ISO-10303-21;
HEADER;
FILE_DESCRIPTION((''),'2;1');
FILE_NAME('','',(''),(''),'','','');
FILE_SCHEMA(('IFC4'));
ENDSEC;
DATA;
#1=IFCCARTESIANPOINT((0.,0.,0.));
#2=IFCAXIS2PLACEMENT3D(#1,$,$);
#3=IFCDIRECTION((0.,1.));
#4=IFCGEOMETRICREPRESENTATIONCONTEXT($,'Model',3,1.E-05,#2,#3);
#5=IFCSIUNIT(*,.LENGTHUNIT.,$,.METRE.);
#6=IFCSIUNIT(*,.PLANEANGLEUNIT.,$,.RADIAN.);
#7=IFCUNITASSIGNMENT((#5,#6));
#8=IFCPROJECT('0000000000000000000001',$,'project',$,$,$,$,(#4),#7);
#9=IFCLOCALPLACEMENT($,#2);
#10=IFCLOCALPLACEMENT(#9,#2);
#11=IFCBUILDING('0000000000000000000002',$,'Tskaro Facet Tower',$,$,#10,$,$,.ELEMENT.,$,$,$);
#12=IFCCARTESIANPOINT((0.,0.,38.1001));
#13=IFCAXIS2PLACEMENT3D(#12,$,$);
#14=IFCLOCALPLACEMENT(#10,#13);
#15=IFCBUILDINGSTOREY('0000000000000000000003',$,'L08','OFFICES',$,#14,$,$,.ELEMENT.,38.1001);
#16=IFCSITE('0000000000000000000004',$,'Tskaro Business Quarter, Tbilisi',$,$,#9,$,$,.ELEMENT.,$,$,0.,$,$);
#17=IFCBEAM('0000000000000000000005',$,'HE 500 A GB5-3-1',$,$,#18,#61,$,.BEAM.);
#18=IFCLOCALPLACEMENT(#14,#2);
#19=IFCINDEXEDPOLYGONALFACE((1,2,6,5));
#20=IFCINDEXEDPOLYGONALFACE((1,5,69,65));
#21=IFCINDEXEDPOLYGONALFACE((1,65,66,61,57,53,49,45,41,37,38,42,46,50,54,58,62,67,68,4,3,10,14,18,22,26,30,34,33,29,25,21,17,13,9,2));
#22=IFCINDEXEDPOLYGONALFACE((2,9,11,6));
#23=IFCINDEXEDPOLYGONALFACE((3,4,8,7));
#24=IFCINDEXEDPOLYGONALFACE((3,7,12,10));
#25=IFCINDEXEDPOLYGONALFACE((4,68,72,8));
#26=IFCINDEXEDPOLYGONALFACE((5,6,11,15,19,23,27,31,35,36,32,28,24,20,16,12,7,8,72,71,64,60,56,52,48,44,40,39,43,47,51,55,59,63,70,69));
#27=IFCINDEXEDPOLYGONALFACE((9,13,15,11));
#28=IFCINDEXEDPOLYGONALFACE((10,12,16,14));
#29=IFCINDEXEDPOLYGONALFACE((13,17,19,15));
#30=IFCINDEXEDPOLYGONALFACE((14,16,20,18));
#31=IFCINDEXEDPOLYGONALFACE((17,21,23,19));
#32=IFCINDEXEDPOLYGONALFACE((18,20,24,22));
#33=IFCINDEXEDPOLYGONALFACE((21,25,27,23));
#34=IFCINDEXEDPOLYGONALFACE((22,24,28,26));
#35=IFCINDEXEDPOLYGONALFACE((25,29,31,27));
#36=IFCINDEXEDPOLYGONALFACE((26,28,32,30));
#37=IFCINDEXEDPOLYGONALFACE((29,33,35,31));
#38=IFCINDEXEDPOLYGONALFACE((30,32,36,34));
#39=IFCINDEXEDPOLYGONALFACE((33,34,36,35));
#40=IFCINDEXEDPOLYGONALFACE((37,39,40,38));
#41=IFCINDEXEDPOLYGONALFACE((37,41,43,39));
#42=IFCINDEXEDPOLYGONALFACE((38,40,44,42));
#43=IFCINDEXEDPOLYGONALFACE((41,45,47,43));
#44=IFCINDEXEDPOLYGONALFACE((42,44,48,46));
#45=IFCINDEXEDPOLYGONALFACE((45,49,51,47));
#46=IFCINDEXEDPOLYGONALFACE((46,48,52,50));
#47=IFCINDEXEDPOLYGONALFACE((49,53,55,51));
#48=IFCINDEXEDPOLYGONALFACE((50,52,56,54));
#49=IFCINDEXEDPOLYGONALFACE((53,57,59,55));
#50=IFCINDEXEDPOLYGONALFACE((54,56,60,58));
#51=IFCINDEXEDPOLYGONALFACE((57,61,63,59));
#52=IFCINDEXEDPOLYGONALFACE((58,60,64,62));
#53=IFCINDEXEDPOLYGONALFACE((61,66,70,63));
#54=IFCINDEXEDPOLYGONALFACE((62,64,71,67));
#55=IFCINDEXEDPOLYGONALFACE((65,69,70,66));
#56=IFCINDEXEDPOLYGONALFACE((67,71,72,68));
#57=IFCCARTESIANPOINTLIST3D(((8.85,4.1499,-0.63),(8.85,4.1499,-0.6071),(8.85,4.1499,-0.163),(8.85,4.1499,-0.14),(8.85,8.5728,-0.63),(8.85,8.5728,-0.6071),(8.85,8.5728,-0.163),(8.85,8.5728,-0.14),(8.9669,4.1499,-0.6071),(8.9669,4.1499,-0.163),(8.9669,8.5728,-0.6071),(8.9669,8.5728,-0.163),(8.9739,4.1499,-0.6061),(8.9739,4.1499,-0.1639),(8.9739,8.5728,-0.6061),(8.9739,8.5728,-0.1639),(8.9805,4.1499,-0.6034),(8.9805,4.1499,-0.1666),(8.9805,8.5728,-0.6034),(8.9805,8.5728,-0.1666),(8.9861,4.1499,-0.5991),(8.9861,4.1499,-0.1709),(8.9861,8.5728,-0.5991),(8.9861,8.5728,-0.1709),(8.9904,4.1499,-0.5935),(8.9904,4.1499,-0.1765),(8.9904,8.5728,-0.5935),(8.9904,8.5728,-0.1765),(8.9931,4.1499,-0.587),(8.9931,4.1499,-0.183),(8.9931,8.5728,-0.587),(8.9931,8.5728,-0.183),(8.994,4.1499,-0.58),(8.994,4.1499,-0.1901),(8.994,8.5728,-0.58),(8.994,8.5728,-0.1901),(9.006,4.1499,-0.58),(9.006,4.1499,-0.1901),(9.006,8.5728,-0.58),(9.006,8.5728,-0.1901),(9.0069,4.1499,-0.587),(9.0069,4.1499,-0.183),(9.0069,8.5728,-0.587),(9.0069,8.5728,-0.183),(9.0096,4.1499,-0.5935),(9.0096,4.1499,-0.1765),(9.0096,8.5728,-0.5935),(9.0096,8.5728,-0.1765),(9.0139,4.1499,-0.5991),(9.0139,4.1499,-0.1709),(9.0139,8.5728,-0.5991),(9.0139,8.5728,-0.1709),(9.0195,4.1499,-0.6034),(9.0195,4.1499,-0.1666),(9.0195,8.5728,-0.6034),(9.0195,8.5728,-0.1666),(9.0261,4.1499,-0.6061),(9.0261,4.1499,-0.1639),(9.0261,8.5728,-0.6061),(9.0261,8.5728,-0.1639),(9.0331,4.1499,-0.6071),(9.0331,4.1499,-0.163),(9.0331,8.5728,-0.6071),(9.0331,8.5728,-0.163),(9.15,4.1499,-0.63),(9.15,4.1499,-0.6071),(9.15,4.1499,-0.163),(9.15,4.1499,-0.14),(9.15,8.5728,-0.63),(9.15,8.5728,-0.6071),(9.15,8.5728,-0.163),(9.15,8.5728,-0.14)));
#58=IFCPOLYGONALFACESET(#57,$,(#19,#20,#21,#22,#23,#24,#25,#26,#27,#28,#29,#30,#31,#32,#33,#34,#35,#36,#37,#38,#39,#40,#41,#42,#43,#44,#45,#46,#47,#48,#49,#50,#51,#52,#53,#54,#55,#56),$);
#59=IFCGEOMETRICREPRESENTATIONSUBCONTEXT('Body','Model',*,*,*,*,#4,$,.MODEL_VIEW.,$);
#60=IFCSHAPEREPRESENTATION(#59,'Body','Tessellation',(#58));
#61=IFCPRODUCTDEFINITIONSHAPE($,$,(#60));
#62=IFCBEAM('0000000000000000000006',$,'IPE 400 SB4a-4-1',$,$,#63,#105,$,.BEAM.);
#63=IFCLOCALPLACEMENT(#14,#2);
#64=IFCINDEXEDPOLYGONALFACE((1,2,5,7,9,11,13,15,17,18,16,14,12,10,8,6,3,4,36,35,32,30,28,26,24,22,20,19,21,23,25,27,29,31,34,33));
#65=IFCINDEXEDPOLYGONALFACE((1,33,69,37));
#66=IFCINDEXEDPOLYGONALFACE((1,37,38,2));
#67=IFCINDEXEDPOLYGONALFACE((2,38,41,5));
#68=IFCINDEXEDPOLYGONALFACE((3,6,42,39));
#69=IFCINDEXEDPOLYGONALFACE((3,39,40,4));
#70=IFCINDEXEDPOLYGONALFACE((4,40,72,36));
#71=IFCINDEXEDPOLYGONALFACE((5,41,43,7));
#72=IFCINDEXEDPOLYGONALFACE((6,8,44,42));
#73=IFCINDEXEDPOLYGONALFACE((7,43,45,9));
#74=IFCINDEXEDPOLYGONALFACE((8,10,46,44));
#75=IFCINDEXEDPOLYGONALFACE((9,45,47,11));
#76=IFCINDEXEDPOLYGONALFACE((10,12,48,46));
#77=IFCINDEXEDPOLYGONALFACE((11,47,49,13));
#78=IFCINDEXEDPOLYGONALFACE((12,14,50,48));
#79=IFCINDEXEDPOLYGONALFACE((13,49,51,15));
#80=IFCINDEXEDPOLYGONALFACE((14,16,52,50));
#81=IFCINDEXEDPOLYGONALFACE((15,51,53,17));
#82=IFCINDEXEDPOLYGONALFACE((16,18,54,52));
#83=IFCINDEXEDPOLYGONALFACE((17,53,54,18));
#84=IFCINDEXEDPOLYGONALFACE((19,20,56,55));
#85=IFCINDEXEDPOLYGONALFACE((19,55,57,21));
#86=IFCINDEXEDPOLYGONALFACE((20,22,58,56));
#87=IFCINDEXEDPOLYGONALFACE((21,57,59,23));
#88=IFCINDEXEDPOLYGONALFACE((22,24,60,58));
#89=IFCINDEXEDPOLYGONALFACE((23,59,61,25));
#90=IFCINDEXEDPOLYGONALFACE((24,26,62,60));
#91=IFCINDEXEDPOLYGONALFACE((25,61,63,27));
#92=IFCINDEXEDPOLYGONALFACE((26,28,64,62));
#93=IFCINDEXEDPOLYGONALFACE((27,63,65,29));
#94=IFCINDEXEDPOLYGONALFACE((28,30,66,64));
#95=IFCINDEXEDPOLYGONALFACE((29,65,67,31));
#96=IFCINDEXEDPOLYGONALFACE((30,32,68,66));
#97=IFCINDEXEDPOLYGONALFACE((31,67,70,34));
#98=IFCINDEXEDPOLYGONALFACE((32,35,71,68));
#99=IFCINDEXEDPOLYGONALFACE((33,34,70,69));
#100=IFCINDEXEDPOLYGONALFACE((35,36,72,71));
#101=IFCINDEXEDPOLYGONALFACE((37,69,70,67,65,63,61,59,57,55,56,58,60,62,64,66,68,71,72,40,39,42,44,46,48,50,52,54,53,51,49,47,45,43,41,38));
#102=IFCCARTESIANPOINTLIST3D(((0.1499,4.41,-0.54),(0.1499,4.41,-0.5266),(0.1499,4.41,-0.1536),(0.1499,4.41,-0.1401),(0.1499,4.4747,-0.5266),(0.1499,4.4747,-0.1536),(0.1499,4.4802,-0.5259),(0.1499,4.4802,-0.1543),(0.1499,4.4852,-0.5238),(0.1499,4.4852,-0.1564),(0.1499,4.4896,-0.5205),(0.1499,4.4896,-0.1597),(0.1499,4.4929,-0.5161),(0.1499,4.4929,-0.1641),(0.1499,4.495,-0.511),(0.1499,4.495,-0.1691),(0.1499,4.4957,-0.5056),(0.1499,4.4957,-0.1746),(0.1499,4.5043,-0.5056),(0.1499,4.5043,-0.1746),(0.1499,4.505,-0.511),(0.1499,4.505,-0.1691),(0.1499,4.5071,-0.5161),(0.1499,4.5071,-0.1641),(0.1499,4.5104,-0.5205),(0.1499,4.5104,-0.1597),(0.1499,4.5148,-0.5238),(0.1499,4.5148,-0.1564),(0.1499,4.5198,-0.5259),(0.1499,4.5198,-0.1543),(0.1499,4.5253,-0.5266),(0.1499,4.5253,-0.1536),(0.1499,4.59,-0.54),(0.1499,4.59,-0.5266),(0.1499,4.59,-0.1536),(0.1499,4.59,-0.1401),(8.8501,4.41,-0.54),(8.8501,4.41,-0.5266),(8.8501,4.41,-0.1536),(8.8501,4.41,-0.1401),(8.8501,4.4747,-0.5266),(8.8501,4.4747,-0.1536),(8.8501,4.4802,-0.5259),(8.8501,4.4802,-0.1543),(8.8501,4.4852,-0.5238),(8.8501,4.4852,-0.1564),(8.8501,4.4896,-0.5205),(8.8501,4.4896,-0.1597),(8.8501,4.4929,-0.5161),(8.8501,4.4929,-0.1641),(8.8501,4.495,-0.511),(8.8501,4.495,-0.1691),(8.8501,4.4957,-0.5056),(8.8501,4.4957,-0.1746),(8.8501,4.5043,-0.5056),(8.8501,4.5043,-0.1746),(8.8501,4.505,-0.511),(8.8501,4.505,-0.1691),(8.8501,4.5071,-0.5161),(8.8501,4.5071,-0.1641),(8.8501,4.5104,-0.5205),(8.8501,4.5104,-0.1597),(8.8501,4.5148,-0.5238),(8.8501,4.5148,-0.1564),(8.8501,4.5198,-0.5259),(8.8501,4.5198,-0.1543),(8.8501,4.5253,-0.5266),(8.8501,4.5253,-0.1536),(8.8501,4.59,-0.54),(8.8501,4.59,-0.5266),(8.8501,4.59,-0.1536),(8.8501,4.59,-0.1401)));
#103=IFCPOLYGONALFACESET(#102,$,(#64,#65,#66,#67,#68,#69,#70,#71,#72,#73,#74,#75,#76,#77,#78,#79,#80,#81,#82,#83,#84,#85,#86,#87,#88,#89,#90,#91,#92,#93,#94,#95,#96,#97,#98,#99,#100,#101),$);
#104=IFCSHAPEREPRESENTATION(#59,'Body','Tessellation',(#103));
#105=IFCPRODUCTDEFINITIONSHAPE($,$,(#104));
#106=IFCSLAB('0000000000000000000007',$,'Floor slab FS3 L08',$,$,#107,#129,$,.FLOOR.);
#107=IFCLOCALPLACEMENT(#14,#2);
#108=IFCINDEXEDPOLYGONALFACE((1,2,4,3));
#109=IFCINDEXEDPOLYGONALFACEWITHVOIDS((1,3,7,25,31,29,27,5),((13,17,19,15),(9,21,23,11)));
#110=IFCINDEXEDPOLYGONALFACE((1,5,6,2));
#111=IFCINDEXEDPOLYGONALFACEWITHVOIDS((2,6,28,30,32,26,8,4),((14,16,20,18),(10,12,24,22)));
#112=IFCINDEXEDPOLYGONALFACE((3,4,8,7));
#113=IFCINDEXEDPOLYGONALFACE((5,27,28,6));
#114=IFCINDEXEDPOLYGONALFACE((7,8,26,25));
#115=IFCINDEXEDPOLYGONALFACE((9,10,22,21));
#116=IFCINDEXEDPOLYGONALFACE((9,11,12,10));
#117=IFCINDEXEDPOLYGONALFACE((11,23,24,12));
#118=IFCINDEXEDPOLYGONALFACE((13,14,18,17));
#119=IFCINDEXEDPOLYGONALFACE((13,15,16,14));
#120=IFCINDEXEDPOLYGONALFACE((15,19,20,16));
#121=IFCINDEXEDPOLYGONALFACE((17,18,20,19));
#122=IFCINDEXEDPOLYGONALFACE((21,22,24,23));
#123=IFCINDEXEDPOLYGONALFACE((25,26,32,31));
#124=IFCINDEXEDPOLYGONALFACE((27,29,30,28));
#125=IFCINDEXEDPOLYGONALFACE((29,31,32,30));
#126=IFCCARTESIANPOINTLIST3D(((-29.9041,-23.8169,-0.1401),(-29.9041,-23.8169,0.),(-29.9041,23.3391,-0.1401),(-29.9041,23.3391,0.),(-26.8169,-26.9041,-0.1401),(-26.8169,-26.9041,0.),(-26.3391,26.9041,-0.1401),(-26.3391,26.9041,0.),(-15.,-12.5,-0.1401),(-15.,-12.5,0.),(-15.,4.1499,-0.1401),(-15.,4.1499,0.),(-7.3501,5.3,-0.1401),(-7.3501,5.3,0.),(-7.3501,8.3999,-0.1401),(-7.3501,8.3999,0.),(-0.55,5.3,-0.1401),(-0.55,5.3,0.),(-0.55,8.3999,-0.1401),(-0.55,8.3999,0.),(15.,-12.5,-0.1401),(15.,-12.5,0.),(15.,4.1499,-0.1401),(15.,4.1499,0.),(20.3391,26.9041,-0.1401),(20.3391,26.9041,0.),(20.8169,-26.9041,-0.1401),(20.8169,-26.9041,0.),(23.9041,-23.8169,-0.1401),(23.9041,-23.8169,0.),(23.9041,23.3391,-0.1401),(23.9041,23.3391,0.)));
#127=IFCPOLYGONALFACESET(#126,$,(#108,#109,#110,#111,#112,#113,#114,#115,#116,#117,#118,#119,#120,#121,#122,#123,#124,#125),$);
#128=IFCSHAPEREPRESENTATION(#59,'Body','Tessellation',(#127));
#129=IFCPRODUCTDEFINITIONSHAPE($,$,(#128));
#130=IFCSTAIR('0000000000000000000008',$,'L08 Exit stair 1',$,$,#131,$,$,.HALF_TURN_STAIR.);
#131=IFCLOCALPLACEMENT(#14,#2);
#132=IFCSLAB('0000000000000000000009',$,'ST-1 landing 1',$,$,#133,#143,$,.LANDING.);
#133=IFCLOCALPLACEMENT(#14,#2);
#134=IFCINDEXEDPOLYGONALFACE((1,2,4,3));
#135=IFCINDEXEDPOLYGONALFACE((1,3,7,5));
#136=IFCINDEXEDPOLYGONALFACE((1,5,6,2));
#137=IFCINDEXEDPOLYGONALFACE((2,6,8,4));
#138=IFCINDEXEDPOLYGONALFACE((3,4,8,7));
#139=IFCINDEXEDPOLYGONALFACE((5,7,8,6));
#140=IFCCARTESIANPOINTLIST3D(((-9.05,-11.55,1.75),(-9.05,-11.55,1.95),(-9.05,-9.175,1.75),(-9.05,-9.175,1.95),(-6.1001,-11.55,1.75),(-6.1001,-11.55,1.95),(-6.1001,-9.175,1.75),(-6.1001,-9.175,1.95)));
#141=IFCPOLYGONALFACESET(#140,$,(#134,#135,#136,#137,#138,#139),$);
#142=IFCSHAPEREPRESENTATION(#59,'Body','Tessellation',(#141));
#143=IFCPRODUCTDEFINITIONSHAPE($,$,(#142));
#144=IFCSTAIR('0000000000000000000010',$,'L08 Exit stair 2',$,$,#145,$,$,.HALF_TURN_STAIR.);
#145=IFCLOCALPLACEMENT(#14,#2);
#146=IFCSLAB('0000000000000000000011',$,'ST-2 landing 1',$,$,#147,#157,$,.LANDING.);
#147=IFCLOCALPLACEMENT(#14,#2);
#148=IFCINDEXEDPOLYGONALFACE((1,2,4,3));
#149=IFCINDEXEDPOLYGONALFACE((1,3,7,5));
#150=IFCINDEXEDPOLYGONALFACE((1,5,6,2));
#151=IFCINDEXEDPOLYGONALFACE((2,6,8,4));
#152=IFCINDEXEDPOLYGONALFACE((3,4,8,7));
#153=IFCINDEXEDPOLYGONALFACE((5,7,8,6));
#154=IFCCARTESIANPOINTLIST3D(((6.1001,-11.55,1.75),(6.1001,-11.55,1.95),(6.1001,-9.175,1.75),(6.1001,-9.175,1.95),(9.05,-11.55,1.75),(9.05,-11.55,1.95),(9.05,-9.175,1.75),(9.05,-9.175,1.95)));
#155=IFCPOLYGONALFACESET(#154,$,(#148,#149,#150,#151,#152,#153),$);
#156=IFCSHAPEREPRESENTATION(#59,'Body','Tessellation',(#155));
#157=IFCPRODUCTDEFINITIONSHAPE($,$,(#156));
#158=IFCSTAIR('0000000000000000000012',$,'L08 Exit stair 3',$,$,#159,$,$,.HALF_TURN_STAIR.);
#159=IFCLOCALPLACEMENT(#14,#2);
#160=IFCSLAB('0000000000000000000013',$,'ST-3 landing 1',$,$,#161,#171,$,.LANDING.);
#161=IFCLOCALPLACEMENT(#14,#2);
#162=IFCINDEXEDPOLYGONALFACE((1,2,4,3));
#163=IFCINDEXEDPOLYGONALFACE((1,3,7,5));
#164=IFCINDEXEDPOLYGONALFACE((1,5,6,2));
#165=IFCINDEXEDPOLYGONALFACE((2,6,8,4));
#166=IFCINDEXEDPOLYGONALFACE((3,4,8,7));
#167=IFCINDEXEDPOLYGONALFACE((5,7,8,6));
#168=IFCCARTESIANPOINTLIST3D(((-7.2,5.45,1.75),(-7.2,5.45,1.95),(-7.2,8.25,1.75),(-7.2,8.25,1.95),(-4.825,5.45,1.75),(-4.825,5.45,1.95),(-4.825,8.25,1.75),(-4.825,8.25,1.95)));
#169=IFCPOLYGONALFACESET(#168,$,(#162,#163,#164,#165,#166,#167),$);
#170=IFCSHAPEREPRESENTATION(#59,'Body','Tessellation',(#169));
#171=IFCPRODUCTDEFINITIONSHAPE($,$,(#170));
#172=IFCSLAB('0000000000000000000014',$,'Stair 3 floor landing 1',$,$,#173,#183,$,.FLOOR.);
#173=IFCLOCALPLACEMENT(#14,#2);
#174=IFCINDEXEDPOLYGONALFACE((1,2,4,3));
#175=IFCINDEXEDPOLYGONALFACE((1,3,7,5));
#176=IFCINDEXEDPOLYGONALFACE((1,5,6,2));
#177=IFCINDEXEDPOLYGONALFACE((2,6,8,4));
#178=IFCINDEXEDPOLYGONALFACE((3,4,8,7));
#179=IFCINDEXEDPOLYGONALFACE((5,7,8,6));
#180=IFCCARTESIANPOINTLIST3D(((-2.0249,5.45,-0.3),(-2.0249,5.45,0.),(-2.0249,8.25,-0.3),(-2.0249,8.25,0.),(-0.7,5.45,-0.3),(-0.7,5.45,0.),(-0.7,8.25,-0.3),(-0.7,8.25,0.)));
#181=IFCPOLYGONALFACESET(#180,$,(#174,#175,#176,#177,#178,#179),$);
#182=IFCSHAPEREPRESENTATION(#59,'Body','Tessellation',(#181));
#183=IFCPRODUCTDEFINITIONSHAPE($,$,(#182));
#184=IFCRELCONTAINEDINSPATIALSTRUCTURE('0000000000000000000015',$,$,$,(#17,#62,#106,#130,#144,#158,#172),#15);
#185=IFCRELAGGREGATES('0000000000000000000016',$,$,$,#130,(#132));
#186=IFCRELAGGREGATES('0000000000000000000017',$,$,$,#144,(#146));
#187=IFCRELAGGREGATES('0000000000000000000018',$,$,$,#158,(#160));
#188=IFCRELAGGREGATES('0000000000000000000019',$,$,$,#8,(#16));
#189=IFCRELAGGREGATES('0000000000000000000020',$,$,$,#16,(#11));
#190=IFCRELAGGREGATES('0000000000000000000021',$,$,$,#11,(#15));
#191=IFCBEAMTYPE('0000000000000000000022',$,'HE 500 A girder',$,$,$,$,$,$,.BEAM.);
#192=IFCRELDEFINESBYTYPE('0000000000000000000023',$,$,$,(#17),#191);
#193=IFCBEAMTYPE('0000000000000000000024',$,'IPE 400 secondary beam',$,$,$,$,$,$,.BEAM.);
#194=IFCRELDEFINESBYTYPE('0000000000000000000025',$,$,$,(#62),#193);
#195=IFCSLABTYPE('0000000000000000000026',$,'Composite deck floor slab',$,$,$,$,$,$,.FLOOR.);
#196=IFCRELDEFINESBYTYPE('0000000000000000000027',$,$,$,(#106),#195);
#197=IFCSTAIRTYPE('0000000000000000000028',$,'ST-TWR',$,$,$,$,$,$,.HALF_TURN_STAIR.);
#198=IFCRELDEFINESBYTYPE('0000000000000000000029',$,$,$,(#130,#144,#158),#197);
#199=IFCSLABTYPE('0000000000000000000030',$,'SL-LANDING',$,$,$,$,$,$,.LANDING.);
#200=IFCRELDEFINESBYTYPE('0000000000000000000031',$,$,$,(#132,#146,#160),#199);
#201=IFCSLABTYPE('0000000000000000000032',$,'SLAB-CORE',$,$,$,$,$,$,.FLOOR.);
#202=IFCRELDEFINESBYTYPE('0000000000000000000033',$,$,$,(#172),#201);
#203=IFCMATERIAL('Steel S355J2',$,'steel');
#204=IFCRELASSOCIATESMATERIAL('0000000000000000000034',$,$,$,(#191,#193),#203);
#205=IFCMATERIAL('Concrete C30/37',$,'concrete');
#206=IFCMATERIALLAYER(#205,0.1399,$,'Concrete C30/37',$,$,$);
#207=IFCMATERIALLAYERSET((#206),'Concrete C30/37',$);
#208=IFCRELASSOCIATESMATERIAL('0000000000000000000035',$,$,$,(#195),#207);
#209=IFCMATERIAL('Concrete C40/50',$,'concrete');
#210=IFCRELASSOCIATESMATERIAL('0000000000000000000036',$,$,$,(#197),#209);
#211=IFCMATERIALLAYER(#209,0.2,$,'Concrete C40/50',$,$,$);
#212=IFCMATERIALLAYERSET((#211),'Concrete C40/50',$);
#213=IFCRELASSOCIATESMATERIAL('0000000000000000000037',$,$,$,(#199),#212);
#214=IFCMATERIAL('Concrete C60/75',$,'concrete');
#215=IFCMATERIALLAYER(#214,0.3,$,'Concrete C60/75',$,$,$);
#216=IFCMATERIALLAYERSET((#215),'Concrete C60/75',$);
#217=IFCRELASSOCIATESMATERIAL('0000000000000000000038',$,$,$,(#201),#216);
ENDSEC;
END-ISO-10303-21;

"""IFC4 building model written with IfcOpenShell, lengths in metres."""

from ifc_helpers import new_model, si_unit, direction, frame, origin, origin_2d, place, context, subcontext, project, spatial, polyline, i_section, outline, extrude, material, layer, layer_set, material_profile, profile_set, type_object, element, aggregate, save


model = new_model("IFC4")

# Units and contexts
model_context = context("Model", 3, precision=1e-05, world=origin(), true_north=direction((0.0, 1.0)))
body_context = subcontext(model_context, "Body", "Model", "MODEL_VIEW")
ifc_project = project(units=[si_unit("LENGTHUNIT", "METRE"), si_unit("PLANEANGLEUNIT", "RADIAN")], contexts=[model_context])

# Site, building, storey
site_placement = place(None, origin())
site = spatial("IfcSite", under=ifc_project, at=site_placement, Name="Tskaro Business Quarter, Tbilisi", CompositionType="ELEMENT", RefElevation=0.0)
building_placement = place(site_placement, origin())
building = spatial("IfcBuilding", under=site, at=building_placement, Name="Tskaro Facet Tower", CompositionType="ELEMENT")
storey_placement = place(building_placement, frame((0.0, 0.0, 38.1001)))
storey = spatial("IfcBuildingStorey", under=building, at=storey_placement, Name="L08", Description="OFFICES", CompositionType="ELEMENT", Elevation=38.1001)

# Beams
ifc_material_1 = material(Name="Steel S355J2", Category="steel")
ifc_material_profile_1 = material_profile(ifc_material_1, i_section(OverallWidth=0.3, OverallDepth=0.49, WebThickness=0.012, FlangeThickness=0.0229, FilletRadius=0.0271, at=origin_2d()), Name="HE 500 A")
ifc_profile_set_1 = profile_set([ifc_material_profile_1], Name="Steel S355J2")
beam_type_1 = type_object("IfcBeamType", Name="HE 500 A girder", PredefinedType="BEAM", material=ifc_profile_set_1)
beam_1_placement = place(storey_placement, frame((9.0, 4.1499, -0.385), z_axis=(0.0, 1.0, 0.0), x_axis=(-1.0, 0.0, 0.0)))
element("IfcBeam", 1, at=beam_1_placement, inside=storey, type_object=beam_type_1, Name="HE 500 A GB5-3-1", PredefinedType="BEAM", context=body_context, shape_type="SweptSolid", body=[
    extrude(i_section(OverallWidth=0.3, OverallDepth=0.49, WebThickness=0.012, FlangeThickness=0.0229, FilletRadius=0.0271, at=origin_2d()), origin(), (0.0, 0.0, 1.0), 4.4229),
])
ifc_material_profile_2 = material_profile(ifc_material_1, i_section(OverallWidth=0.1799, OverallDepth=0.3999, WebThickness=0.0085, FlangeThickness=0.0134, FilletRadius=0.021, at=origin_2d()), Name="IPE 400")
ifc_profile_set_2 = profile_set([ifc_material_profile_2], Name="Steel S355J2")
beam_type_2 = type_object("IfcBeamType", Name="IPE 400 secondary beam", PredefinedType="BEAM", material=ifc_profile_set_2)
beam_2_placement = place(storey_placement, frame((0.1499, 4.5, -0.3401), z_axis=(1.0, 0.0, 0.0), x_axis=(0.0, 1.0, 0.0)))
element("IfcBeam", 2, at=beam_2_placement, inside=storey, type_object=beam_type_2, Name="IPE 400 SB4a-4-1", PredefinedType="BEAM", context=body_context, shape_type="SweptSolid", body=[
    extrude(i_section(OverallWidth=0.1799, OverallDepth=0.3999, WebThickness=0.0085, FlangeThickness=0.0134, FilletRadius=0.021, at=origin_2d()), origin(), (0.0, 0.0, 1.0), 8.7002),
])

# Slab
ifc_material_2 = material(Name="Concrete C30/37", Category="concrete")
ifc_layer_1 = layer(ifc_material_2, 0.1399, Name="Concrete C30/37")
ifc_layer_set_1 = layer_set([ifc_layer_1], Name="Concrete C30/37")
slab_type_1 = type_object("IfcSlabType", Name="Composite deck floor slab", PredefinedType="FLOOR", material=ifc_layer_set_1)
slab_1_placement = place(storey_placement, frame((0.0, 0.0, -0.1401)))
element("IfcSlab", 3, at=slab_1_placement, inside=storey, type_object=slab_type_1, Name="Floor slab FS3 L08", PredefinedType="FLOOR", context=body_context, shape_type="SweptSolid", body=[
    extrude(outline(polyline([(-26.8169, -26.9041), (20.8169, -26.9041), (23.9041, -23.8169), (23.9041, 23.3391), (20.3391, 26.9041), (-26.3391, 26.9041), (-29.9041, 23.3391), (-29.9041, -23.8169), (-26.8169, -26.9041)]), holes=[polyline([(-15.0, -12.5), (15.0, -12.5), (15.0, 4.1499), (-15.0, 4.1499), (-15.0, -12.5)]), polyline([(-7.3501, 5.3), (-0.55, 5.3), (-0.55, 8.3999), (-7.3501, 8.3999), (-7.3501, 5.3)])]), origin(), (0.0, 0.0, 1.0), 0.1401),
])

# Stairs, slabs
ifc_material_3 = material(Name="Concrete C40/50", Category="concrete")
stair_type = type_object("IfcStairType", Name="ST-TWR", PredefinedType="HALF_TURN_STAIR", material=ifc_material_3)
stair_1_placement = place(storey_placement, origin())
stair_1 = element("IfcStair", 4, at=stair_1_placement, inside=storey, type_object=stair_type, Name="L08 Exit stair 1", PredefinedType="HALF_TURN_STAIR")
ifc_layer_2 = layer(ifc_material_3, 0.2, Name="Concrete C40/50")
ifc_layer_set_2 = layer_set([ifc_layer_2], Name="Concrete C40/50")
slab_type_2 = type_object("IfcSlabType", Name="SL-LANDING", PredefinedType="LANDING", material=ifc_layer_set_2)
slab_2_placement = place(storey_placement, frame((0.0, 0.0, 1.75)))
slab_2 = element("IfcSlab", 5, at=slab_2_placement, type_object=slab_type_2, Name="ST-1 landing 1", PredefinedType="LANDING", context=body_context, shape_type="SweptSolid", body=[
    extrude(outline(polyline([(-9.05, -11.55), (-6.1001, -11.55), (-6.1001, -9.175), (-9.05, -9.175), (-9.05, -11.55)])), origin(), (0.0, 0.0, 1.0), 0.2),
])
aggregate(stair_1, [slab_2])
stair_2_placement = place(storey_placement, origin())
stair_2 = element("IfcStair", 6, at=stair_2_placement, inside=storey, type_object=stair_type, Name="L08 Exit stair 2", PredefinedType="HALF_TURN_STAIR")
slab_3_placement = place(storey_placement, frame((0.0, 0.0, 1.75)))
slab_3 = element("IfcSlab", 7, at=slab_3_placement, type_object=slab_type_2, Name="ST-2 landing 1", PredefinedType="LANDING", context=body_context, shape_type="SweptSolid", body=[
    extrude(outline(polyline([(6.1001, -11.55), (9.05, -11.55), (9.05, -9.175), (6.1001, -9.175), (6.1001, -11.55)])), origin(), (0.0, 0.0, 1.0), 0.2),
])
aggregate(stair_2, [slab_3])
stair_3_placement = place(storey_placement, origin())
stair_3 = element("IfcStair", 8, at=stair_3_placement, inside=storey, type_object=stair_type, Name="L08 Exit stair 3", PredefinedType="HALF_TURN_STAIR")
slab_4_placement = place(storey_placement, frame((0.0, 0.0, 1.75)))
slab_4 = element("IfcSlab", 9, at=slab_4_placement, type_object=slab_type_2, Name="ST-3 landing 1", PredefinedType="LANDING", context=body_context, shape_type="SweptSolid", body=[
    extrude(outline(polyline([(-7.2, 5.45), (-4.825, 5.45), (-4.825, 8.25), (-7.2, 8.25), (-7.2, 5.45)])), origin(), (0.0, 0.0, 1.0), 0.2),
])

# Slab
ifc_material_4 = material(Name="Concrete C60/75", Category="concrete")
ifc_layer_3 = layer(ifc_material_4, 0.3, Name="Concrete C60/75")
ifc_layer_set_3 = layer_set([ifc_layer_3], Name="Concrete C60/75")
slab_type_3 = type_object("IfcSlabType", Name="SLAB-CORE", PredefinedType="FLOOR", material=ifc_layer_set_3)
slab_5_placement = place(storey_placement, frame((0.0, 0.0, -0.3)))
element("IfcSlab", 10, at=slab_5_placement, inside=storey, type_object=slab_type_3, Name="Stair 3 floor landing 1", PredefinedType="FLOOR", context=body_context, shape_type="SweptSolid", body=[
    extrude(outline(polyline([(-2.0249, 5.45), (-0.7, 5.45), (-0.7, 8.25), (-2.0249, 8.25), (-2.0249, 5.45)])), origin(), (0.0, 0.0, 1.0), 0.3),
])

aggregate(stair_3, [slab_4])

save(model, "model.ifc")
